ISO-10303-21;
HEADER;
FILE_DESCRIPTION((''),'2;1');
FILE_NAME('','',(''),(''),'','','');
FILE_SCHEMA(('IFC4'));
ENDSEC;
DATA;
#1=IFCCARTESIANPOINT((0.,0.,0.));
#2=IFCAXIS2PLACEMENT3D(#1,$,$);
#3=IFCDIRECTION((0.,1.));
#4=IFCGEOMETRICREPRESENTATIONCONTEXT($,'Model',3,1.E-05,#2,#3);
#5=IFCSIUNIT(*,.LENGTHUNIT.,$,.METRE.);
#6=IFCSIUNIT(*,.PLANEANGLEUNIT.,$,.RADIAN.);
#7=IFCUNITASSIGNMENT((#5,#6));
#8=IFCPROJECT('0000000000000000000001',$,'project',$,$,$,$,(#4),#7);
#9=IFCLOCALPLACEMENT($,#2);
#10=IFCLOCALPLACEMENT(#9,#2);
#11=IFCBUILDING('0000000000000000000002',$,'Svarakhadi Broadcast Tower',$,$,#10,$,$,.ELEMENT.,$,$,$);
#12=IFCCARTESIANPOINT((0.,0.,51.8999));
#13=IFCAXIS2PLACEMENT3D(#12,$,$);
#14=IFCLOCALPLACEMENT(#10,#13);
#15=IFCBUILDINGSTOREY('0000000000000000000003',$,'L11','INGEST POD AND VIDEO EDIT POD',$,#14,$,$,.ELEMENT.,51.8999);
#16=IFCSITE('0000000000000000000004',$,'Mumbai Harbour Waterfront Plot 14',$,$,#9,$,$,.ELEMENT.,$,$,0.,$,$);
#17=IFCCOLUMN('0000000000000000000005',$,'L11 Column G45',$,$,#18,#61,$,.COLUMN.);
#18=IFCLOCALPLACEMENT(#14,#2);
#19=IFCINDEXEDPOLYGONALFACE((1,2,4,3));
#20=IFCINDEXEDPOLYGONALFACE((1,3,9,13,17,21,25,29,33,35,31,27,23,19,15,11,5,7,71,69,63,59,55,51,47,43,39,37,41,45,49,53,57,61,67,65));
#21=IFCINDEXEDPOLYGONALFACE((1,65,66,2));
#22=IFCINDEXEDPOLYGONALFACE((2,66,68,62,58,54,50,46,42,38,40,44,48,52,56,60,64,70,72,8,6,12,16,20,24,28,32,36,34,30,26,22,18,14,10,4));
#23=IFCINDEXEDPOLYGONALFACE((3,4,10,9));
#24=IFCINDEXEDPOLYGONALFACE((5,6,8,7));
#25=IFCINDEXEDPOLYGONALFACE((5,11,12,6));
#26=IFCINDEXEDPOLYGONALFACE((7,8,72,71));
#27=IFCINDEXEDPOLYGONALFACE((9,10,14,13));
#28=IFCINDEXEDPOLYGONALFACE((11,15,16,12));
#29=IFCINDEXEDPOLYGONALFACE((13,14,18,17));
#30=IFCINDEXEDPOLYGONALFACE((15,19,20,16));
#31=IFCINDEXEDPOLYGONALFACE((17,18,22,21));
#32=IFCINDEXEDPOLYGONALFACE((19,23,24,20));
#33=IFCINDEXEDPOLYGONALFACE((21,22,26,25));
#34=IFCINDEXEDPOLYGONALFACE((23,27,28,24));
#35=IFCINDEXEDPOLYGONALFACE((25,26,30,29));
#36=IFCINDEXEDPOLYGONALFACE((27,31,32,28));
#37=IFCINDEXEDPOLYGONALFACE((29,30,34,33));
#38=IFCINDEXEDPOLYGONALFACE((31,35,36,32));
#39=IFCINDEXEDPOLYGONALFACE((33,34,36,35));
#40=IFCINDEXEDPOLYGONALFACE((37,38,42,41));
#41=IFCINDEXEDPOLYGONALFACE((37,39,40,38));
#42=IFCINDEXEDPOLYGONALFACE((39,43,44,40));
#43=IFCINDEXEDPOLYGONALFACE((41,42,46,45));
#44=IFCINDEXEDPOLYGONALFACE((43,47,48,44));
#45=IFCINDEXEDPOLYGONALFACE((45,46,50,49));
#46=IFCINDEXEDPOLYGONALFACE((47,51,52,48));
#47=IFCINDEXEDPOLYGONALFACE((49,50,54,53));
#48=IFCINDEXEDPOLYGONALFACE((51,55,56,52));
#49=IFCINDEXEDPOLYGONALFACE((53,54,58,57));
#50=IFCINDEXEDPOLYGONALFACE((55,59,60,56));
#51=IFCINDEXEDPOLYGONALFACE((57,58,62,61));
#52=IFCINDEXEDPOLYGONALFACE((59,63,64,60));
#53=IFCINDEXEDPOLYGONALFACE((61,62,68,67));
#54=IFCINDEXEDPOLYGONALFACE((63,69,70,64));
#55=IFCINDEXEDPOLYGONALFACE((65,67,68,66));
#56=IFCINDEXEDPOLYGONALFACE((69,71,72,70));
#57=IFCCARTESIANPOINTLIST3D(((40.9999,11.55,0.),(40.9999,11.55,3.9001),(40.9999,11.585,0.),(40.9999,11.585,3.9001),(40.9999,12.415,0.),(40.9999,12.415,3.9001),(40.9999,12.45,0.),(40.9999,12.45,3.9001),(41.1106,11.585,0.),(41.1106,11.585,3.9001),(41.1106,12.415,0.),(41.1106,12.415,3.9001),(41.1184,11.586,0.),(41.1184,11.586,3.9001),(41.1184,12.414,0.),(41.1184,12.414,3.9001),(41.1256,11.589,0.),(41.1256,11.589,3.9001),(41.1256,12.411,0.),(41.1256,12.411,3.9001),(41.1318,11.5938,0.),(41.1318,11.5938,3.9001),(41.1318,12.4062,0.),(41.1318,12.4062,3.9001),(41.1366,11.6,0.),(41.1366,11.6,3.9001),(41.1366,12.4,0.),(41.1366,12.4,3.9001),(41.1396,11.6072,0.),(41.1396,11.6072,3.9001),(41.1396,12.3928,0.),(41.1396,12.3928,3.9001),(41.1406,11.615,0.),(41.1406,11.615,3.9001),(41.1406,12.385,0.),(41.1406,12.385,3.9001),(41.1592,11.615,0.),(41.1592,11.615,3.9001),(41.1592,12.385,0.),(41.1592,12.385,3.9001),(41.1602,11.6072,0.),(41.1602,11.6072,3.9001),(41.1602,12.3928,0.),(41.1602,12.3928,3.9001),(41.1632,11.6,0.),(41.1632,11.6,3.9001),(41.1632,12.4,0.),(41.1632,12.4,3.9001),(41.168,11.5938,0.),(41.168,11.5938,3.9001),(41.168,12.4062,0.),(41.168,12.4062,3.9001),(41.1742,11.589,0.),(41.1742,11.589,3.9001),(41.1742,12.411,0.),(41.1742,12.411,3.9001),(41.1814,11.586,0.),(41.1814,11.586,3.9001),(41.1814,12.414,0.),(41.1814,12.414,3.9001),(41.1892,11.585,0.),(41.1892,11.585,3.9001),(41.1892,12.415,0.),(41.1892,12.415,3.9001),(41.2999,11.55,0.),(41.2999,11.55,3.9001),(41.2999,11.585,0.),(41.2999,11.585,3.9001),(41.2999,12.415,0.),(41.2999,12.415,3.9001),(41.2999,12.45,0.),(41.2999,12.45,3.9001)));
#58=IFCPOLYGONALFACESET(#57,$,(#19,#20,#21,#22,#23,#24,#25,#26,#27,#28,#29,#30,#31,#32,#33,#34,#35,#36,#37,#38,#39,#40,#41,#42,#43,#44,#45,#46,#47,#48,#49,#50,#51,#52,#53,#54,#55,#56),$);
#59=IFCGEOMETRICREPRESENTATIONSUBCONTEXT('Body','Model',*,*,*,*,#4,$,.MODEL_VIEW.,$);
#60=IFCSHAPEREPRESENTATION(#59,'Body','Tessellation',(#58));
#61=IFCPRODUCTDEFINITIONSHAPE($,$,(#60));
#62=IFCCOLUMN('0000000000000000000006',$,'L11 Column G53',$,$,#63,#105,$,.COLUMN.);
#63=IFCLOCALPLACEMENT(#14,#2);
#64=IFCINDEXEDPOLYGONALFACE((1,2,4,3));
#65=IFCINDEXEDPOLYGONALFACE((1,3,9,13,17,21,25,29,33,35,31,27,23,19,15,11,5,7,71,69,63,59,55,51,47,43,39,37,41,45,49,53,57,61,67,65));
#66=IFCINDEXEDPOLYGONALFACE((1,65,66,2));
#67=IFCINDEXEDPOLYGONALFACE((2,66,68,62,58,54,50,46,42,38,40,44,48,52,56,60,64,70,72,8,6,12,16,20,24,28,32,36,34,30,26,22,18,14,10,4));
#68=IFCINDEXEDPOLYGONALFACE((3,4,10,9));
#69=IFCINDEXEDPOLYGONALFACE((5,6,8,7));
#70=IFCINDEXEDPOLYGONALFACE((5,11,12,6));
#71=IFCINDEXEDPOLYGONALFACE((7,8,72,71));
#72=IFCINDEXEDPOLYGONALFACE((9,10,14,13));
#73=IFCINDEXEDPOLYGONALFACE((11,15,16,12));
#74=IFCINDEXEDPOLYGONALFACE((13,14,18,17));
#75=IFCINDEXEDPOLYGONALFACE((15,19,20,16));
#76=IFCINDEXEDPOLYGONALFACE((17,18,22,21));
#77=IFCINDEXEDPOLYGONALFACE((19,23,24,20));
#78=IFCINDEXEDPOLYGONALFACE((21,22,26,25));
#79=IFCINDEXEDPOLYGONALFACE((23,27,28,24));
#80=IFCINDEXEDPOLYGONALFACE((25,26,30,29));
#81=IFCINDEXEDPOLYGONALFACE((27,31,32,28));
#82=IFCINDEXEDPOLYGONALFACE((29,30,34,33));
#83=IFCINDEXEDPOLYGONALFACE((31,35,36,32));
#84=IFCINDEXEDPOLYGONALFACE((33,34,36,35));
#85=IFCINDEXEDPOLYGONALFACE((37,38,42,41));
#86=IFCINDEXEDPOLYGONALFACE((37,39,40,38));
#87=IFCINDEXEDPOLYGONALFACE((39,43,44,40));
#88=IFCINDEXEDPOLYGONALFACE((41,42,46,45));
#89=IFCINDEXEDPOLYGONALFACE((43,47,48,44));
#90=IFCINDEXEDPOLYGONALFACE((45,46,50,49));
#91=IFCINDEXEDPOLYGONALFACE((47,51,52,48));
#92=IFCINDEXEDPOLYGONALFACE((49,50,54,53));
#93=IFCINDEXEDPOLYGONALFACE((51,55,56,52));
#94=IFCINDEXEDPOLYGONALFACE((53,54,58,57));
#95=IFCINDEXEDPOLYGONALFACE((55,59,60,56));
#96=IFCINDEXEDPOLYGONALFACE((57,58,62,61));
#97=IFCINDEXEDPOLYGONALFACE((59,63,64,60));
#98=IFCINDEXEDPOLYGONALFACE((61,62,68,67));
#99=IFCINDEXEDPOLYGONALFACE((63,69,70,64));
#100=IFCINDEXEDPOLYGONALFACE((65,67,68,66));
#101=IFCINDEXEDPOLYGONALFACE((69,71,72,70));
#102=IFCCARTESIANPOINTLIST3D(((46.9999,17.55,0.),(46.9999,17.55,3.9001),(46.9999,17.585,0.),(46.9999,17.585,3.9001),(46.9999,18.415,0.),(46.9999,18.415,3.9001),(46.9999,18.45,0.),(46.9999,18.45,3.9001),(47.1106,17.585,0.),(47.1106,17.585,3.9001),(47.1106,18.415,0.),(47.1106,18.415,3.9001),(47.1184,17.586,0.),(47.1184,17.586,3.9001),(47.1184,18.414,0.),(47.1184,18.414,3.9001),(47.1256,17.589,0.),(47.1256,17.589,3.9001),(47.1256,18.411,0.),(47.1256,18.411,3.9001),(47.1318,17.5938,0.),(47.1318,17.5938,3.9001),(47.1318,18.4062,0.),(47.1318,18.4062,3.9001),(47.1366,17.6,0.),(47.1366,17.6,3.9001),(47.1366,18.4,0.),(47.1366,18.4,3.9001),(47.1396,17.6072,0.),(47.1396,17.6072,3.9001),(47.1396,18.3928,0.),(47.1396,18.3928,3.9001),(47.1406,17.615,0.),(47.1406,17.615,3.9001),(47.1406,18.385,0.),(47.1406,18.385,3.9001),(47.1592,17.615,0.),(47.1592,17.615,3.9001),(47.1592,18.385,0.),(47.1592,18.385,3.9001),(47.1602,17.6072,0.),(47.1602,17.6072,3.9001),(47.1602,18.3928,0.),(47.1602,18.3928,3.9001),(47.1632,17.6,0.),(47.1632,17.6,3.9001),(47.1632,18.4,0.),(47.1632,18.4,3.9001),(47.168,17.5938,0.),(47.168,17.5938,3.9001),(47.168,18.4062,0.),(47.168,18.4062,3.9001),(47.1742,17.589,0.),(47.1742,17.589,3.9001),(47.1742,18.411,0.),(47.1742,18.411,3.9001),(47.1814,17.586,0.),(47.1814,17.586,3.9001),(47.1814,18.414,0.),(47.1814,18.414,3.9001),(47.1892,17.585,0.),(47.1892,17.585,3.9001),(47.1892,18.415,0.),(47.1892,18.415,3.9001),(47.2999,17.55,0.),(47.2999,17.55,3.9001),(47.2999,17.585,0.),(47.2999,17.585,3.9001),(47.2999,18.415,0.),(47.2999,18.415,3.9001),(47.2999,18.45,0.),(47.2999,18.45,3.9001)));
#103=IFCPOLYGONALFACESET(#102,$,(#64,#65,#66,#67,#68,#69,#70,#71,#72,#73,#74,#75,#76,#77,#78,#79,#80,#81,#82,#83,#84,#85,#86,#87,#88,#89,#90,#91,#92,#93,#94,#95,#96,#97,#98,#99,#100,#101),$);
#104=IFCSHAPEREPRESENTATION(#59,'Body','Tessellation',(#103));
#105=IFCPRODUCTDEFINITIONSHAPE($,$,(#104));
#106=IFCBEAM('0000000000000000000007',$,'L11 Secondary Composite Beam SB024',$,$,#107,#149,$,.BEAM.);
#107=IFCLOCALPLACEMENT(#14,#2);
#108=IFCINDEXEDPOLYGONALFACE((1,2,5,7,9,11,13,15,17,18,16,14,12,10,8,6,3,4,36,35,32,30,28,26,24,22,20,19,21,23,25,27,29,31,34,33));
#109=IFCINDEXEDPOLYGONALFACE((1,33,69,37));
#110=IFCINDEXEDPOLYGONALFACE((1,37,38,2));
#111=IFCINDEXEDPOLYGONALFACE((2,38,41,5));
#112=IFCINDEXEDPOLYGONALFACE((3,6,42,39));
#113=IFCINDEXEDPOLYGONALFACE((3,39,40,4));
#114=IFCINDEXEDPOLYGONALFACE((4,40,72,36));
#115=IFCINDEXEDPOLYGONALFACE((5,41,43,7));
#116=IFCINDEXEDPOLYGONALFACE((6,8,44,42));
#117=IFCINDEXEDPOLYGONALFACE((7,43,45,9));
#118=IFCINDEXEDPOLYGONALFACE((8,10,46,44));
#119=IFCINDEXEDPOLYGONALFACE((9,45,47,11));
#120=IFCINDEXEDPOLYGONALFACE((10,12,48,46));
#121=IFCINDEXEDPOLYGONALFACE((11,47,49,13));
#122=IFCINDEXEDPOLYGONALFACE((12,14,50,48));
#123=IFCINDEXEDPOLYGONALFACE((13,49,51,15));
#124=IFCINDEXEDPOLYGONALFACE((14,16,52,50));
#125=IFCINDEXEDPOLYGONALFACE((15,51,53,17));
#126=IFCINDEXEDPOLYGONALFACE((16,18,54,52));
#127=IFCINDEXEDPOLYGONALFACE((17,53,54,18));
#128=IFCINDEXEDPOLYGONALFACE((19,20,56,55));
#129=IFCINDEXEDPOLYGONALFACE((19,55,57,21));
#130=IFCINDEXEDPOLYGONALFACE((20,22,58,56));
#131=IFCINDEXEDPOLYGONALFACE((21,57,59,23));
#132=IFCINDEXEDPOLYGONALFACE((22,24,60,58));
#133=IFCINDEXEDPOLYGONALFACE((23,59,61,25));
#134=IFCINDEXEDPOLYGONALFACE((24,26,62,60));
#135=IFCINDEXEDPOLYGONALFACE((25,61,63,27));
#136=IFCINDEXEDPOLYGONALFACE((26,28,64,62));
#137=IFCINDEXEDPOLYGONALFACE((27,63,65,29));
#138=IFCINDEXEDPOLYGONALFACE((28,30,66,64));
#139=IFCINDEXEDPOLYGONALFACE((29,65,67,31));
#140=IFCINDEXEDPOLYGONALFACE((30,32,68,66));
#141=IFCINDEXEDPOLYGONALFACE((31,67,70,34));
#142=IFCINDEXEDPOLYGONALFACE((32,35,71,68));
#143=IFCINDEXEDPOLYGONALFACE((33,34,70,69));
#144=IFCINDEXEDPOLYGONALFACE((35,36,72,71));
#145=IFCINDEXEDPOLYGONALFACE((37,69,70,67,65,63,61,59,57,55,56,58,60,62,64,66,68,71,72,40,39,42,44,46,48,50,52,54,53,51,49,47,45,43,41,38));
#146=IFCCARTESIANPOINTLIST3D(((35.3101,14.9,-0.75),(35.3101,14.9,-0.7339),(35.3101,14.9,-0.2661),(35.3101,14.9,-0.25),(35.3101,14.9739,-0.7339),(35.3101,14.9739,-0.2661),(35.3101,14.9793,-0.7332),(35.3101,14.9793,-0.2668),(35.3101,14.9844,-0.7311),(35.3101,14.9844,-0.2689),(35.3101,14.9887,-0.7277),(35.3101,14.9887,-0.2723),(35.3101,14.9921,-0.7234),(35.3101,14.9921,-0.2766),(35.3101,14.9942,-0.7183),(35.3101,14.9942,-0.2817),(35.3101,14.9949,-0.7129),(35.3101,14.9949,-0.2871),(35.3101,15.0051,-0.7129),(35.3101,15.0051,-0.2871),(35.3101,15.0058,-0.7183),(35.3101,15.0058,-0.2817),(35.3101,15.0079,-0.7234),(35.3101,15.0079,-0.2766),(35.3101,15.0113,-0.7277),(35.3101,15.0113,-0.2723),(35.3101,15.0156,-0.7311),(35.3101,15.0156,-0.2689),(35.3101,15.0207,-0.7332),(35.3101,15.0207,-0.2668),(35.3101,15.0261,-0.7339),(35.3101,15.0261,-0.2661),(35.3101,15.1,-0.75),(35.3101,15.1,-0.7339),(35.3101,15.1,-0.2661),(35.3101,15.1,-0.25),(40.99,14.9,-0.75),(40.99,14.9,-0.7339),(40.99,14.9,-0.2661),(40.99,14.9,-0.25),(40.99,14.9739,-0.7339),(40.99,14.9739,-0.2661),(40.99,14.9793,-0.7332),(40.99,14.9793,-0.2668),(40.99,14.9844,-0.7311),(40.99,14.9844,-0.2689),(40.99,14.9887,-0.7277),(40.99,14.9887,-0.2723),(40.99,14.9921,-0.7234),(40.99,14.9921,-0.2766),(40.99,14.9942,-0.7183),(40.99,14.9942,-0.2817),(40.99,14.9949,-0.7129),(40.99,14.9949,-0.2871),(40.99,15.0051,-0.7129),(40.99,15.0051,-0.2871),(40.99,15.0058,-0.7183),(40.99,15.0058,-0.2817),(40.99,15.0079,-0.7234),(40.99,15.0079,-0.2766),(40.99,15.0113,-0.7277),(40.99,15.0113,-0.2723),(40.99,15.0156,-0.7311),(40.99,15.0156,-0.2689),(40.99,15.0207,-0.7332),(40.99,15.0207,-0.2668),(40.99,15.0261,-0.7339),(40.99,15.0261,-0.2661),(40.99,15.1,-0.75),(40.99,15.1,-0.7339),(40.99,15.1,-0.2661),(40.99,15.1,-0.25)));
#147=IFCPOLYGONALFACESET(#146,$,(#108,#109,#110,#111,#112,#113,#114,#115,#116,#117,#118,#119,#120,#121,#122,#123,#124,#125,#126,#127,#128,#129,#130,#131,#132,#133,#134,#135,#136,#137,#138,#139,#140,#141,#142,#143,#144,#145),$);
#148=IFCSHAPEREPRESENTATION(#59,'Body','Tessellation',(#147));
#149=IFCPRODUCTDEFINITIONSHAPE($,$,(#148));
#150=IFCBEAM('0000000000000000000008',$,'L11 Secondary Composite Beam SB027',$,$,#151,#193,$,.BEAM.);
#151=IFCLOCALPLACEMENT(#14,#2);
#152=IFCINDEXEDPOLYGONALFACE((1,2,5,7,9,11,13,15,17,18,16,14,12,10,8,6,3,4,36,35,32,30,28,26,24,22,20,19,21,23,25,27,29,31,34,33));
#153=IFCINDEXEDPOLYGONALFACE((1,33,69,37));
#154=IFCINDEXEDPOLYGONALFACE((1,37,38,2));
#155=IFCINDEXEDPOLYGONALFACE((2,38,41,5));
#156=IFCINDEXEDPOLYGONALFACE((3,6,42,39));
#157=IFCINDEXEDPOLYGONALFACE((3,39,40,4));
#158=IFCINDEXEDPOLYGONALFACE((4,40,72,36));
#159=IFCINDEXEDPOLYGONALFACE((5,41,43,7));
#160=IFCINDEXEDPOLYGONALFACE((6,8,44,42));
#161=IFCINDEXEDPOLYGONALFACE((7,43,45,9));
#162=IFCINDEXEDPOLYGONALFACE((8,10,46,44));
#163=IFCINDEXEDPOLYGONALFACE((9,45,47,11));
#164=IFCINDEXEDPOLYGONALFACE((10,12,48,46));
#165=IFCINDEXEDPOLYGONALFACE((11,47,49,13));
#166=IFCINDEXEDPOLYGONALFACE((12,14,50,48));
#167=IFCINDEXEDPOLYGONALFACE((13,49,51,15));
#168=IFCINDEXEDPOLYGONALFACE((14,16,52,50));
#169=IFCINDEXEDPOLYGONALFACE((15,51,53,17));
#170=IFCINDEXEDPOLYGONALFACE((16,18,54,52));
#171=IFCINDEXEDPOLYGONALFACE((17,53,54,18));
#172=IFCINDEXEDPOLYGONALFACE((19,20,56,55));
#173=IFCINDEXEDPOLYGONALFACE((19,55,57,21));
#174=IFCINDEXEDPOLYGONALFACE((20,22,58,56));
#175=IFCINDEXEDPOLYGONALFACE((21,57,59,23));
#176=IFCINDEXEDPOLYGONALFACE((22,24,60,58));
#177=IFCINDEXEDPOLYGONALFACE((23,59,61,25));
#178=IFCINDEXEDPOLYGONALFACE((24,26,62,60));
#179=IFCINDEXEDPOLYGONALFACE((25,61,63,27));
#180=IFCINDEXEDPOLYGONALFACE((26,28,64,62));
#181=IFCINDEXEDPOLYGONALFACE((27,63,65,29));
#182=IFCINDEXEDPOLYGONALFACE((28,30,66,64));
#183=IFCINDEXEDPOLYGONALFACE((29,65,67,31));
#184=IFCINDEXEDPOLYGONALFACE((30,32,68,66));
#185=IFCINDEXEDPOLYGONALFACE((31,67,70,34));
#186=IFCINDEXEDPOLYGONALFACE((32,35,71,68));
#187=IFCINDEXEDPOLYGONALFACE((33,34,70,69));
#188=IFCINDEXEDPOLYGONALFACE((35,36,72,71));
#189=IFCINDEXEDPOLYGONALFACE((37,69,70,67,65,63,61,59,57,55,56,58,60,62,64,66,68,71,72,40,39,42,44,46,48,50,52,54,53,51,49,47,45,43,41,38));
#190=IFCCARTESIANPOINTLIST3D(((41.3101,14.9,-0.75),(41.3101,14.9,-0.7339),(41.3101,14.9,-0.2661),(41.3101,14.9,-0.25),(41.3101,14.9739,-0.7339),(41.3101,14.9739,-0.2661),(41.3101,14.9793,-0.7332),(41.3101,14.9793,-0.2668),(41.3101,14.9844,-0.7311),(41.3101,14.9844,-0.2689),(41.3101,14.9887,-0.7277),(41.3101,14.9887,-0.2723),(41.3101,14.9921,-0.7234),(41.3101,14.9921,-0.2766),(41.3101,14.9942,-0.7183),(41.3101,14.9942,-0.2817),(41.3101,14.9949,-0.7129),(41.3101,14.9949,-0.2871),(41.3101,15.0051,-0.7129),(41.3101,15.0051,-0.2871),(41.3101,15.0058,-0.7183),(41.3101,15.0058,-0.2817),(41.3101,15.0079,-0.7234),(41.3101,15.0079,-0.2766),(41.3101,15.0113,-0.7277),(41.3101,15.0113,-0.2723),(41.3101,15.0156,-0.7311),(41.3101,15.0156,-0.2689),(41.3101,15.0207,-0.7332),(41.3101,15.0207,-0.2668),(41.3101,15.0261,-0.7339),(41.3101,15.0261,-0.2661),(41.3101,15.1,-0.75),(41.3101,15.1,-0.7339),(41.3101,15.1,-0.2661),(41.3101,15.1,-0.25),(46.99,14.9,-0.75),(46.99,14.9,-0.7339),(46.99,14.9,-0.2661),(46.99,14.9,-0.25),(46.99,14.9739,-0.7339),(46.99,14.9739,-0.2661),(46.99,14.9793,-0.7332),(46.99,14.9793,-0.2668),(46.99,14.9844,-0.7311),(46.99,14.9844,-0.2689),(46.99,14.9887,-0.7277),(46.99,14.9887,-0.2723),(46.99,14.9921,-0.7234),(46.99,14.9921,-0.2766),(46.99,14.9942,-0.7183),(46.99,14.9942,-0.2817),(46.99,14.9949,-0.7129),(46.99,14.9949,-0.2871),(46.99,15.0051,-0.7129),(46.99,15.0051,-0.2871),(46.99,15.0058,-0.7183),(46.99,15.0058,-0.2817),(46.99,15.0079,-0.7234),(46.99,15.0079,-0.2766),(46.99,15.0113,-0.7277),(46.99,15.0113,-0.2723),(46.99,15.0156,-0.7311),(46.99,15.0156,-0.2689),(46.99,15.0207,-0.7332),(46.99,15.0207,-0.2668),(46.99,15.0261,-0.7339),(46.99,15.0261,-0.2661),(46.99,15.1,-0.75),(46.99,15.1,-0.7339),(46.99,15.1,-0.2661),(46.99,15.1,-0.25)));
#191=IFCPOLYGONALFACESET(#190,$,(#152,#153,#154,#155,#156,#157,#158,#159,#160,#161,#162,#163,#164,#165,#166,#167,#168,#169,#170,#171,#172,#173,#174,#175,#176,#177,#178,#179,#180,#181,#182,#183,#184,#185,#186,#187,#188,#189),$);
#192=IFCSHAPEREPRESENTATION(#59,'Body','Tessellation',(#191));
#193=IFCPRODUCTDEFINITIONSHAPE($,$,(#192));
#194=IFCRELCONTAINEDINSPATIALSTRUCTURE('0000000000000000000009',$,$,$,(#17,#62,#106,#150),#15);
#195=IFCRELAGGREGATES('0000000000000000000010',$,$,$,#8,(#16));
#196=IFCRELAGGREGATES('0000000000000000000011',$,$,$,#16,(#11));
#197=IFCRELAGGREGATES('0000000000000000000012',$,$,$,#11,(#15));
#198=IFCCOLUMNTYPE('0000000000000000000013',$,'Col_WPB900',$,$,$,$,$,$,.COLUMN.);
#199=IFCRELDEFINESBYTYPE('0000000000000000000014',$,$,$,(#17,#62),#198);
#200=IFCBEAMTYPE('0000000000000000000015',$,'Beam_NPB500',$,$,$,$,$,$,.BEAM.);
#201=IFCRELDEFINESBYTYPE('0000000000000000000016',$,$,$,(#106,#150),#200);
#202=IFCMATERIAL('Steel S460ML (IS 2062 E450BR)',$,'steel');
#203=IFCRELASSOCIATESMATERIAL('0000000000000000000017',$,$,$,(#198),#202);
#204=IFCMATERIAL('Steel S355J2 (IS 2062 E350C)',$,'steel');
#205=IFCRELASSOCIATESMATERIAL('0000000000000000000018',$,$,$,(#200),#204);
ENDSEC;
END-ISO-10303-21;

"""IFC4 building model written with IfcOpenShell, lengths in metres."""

from ifc_helpers import new_model, si_unit, direction, frame, origin, origin_2d, place, context, subcontext, project, spatial, i_section, extrude, material, material_profile, profile_set, type_object, element, save


model = new_model("IFC4")

# Units and contexts
model_context = context("Model", 3, precision=1e-05, world=origin(), true_north=direction((0.0, 1.0)))
body_context = subcontext(model_context, "Body", "Model", "MODEL_VIEW")
ifc_project = project(units=[si_unit("LENGTHUNIT", "METRE"), si_unit("PLANEANGLEUNIT", "RADIAN")], contexts=[model_context])

# Site, building, storey
site_placement = place(None, origin())
site = spatial("IfcSite", under=ifc_project, at=site_placement, Name="Mumbai Harbour Waterfront Plot 14", CompositionType="ELEMENT", RefElevation=0.0)
building_placement = place(site_placement, origin())
building = spatial("IfcBuilding", under=site, at=building_placement, Name="Svarakhadi Broadcast Tower", CompositionType="ELEMENT")
storey_placement = place(building_placement, frame((0.0, 0.0, 51.8999)))
storey = spatial("IfcBuildingStorey", under=building, at=storey_placement, Name="L11", Description="INGEST POD AND VIDEO EDIT POD", CompositionType="ELEMENT", Elevation=51.8999)

# Columns
ifc_material_1 = material(Name="Steel S460ML (IS 2062 E450BR)", Category="steel")
ifc_material_profile_1 = material_profile(ifc_material_1, i_section(OverallWidth=0.3, OverallDepth=0.8999, WebThickness=0.0186, FlangeThickness=0.0349, FilletRadius=0.03, at=origin_2d()), Name="WPB 900x300x291")
ifc_profile_set_1 = profile_set([ifc_material_profile_1], Name="Steel S460ML (IS 2062 E450BR)")
column_type_1 = type_object("IfcColumnType", Name="Col_WPB900", PredefinedType="COLUMN", material=ifc_profile_set_1)
for number, where, z_axis, x_axis, name in (
    (1, (41.1499, 12.0, 0.0), (0.0, 0.0, 1.0), (1.0, 0.0, 0.0), "L11 Column G45"),
    (2, (47.1499, 18.0, 0.0), (0.0, 0.0, 1.0), (1.0, 0.0, 0.0), "L11 Column G53"),
):
    element("IfcColumn", number, at=place(storey_placement, frame(where, z_axis=z_axis, x_axis=x_axis)), inside=storey, type_object=column_type_1, Name=name, PredefinedType="COLUMN", context=body_context, shape_type="SweptSolid", body=[
        extrude(i_section(OverallWidth=0.3, OverallDepth=0.8999, WebThickness=0.0186, FlangeThickness=0.0349, FilletRadius=0.03, at=origin_2d()), origin(), (0.0, 0.0, 1.0), 3.9001),
    ])

# Beams
ifc_material_2 = material(Name="Steel S355J2 (IS 2062 E350C)", Category="steel")
ifc_material_profile_2 = material_profile(ifc_material_2, i_section(OverallWidth=0.2, OverallDepth=0.5, WebThickness=0.0103, FlangeThickness=0.0161, FilletRadius=0.021, at=origin_2d()), Name="NPB 500x200x91")
ifc_profile_set_2 = profile_set([ifc_material_profile_2], Name="Steel S355J2 (IS 2062 E350C)")
beam_type_1 = type_object("IfcBeamType", Name="Beam_NPB500", PredefinedType="BEAM", material=ifc_profile_set_2)
for number, where, z_axis, x_axis, name in (
    (3, (35.3101, 15.0, -0.5), (1.0, 0.0, 0.0), (0.0, 1.0, 0.0), "L11 Secondary Composite Beam SB024"),
    (4, (41.3101, 15.0, -0.5), (1.0, 0.0, 0.0), (0.0, 1.0, 0.0), "L11 Secondary Composite Beam SB027"),
):
    element("IfcBeam", number, at=place(storey_placement, frame(where, z_axis=z_axis, x_axis=x_axis)), inside=storey, type_object=beam_type_1, Name=name, PredefinedType="BEAM", context=body_context, shape_type="SweptSolid", body=[
        extrude(i_section(OverallWidth=0.2, OverallDepth=0.5, WebThickness=0.0103, FlangeThickness=0.0161, FilletRadius=0.021, at=origin_2d()), origin(), (0.0, 0.0, 1.0), 5.6799),
    ])

save(model, "model.ifc")
